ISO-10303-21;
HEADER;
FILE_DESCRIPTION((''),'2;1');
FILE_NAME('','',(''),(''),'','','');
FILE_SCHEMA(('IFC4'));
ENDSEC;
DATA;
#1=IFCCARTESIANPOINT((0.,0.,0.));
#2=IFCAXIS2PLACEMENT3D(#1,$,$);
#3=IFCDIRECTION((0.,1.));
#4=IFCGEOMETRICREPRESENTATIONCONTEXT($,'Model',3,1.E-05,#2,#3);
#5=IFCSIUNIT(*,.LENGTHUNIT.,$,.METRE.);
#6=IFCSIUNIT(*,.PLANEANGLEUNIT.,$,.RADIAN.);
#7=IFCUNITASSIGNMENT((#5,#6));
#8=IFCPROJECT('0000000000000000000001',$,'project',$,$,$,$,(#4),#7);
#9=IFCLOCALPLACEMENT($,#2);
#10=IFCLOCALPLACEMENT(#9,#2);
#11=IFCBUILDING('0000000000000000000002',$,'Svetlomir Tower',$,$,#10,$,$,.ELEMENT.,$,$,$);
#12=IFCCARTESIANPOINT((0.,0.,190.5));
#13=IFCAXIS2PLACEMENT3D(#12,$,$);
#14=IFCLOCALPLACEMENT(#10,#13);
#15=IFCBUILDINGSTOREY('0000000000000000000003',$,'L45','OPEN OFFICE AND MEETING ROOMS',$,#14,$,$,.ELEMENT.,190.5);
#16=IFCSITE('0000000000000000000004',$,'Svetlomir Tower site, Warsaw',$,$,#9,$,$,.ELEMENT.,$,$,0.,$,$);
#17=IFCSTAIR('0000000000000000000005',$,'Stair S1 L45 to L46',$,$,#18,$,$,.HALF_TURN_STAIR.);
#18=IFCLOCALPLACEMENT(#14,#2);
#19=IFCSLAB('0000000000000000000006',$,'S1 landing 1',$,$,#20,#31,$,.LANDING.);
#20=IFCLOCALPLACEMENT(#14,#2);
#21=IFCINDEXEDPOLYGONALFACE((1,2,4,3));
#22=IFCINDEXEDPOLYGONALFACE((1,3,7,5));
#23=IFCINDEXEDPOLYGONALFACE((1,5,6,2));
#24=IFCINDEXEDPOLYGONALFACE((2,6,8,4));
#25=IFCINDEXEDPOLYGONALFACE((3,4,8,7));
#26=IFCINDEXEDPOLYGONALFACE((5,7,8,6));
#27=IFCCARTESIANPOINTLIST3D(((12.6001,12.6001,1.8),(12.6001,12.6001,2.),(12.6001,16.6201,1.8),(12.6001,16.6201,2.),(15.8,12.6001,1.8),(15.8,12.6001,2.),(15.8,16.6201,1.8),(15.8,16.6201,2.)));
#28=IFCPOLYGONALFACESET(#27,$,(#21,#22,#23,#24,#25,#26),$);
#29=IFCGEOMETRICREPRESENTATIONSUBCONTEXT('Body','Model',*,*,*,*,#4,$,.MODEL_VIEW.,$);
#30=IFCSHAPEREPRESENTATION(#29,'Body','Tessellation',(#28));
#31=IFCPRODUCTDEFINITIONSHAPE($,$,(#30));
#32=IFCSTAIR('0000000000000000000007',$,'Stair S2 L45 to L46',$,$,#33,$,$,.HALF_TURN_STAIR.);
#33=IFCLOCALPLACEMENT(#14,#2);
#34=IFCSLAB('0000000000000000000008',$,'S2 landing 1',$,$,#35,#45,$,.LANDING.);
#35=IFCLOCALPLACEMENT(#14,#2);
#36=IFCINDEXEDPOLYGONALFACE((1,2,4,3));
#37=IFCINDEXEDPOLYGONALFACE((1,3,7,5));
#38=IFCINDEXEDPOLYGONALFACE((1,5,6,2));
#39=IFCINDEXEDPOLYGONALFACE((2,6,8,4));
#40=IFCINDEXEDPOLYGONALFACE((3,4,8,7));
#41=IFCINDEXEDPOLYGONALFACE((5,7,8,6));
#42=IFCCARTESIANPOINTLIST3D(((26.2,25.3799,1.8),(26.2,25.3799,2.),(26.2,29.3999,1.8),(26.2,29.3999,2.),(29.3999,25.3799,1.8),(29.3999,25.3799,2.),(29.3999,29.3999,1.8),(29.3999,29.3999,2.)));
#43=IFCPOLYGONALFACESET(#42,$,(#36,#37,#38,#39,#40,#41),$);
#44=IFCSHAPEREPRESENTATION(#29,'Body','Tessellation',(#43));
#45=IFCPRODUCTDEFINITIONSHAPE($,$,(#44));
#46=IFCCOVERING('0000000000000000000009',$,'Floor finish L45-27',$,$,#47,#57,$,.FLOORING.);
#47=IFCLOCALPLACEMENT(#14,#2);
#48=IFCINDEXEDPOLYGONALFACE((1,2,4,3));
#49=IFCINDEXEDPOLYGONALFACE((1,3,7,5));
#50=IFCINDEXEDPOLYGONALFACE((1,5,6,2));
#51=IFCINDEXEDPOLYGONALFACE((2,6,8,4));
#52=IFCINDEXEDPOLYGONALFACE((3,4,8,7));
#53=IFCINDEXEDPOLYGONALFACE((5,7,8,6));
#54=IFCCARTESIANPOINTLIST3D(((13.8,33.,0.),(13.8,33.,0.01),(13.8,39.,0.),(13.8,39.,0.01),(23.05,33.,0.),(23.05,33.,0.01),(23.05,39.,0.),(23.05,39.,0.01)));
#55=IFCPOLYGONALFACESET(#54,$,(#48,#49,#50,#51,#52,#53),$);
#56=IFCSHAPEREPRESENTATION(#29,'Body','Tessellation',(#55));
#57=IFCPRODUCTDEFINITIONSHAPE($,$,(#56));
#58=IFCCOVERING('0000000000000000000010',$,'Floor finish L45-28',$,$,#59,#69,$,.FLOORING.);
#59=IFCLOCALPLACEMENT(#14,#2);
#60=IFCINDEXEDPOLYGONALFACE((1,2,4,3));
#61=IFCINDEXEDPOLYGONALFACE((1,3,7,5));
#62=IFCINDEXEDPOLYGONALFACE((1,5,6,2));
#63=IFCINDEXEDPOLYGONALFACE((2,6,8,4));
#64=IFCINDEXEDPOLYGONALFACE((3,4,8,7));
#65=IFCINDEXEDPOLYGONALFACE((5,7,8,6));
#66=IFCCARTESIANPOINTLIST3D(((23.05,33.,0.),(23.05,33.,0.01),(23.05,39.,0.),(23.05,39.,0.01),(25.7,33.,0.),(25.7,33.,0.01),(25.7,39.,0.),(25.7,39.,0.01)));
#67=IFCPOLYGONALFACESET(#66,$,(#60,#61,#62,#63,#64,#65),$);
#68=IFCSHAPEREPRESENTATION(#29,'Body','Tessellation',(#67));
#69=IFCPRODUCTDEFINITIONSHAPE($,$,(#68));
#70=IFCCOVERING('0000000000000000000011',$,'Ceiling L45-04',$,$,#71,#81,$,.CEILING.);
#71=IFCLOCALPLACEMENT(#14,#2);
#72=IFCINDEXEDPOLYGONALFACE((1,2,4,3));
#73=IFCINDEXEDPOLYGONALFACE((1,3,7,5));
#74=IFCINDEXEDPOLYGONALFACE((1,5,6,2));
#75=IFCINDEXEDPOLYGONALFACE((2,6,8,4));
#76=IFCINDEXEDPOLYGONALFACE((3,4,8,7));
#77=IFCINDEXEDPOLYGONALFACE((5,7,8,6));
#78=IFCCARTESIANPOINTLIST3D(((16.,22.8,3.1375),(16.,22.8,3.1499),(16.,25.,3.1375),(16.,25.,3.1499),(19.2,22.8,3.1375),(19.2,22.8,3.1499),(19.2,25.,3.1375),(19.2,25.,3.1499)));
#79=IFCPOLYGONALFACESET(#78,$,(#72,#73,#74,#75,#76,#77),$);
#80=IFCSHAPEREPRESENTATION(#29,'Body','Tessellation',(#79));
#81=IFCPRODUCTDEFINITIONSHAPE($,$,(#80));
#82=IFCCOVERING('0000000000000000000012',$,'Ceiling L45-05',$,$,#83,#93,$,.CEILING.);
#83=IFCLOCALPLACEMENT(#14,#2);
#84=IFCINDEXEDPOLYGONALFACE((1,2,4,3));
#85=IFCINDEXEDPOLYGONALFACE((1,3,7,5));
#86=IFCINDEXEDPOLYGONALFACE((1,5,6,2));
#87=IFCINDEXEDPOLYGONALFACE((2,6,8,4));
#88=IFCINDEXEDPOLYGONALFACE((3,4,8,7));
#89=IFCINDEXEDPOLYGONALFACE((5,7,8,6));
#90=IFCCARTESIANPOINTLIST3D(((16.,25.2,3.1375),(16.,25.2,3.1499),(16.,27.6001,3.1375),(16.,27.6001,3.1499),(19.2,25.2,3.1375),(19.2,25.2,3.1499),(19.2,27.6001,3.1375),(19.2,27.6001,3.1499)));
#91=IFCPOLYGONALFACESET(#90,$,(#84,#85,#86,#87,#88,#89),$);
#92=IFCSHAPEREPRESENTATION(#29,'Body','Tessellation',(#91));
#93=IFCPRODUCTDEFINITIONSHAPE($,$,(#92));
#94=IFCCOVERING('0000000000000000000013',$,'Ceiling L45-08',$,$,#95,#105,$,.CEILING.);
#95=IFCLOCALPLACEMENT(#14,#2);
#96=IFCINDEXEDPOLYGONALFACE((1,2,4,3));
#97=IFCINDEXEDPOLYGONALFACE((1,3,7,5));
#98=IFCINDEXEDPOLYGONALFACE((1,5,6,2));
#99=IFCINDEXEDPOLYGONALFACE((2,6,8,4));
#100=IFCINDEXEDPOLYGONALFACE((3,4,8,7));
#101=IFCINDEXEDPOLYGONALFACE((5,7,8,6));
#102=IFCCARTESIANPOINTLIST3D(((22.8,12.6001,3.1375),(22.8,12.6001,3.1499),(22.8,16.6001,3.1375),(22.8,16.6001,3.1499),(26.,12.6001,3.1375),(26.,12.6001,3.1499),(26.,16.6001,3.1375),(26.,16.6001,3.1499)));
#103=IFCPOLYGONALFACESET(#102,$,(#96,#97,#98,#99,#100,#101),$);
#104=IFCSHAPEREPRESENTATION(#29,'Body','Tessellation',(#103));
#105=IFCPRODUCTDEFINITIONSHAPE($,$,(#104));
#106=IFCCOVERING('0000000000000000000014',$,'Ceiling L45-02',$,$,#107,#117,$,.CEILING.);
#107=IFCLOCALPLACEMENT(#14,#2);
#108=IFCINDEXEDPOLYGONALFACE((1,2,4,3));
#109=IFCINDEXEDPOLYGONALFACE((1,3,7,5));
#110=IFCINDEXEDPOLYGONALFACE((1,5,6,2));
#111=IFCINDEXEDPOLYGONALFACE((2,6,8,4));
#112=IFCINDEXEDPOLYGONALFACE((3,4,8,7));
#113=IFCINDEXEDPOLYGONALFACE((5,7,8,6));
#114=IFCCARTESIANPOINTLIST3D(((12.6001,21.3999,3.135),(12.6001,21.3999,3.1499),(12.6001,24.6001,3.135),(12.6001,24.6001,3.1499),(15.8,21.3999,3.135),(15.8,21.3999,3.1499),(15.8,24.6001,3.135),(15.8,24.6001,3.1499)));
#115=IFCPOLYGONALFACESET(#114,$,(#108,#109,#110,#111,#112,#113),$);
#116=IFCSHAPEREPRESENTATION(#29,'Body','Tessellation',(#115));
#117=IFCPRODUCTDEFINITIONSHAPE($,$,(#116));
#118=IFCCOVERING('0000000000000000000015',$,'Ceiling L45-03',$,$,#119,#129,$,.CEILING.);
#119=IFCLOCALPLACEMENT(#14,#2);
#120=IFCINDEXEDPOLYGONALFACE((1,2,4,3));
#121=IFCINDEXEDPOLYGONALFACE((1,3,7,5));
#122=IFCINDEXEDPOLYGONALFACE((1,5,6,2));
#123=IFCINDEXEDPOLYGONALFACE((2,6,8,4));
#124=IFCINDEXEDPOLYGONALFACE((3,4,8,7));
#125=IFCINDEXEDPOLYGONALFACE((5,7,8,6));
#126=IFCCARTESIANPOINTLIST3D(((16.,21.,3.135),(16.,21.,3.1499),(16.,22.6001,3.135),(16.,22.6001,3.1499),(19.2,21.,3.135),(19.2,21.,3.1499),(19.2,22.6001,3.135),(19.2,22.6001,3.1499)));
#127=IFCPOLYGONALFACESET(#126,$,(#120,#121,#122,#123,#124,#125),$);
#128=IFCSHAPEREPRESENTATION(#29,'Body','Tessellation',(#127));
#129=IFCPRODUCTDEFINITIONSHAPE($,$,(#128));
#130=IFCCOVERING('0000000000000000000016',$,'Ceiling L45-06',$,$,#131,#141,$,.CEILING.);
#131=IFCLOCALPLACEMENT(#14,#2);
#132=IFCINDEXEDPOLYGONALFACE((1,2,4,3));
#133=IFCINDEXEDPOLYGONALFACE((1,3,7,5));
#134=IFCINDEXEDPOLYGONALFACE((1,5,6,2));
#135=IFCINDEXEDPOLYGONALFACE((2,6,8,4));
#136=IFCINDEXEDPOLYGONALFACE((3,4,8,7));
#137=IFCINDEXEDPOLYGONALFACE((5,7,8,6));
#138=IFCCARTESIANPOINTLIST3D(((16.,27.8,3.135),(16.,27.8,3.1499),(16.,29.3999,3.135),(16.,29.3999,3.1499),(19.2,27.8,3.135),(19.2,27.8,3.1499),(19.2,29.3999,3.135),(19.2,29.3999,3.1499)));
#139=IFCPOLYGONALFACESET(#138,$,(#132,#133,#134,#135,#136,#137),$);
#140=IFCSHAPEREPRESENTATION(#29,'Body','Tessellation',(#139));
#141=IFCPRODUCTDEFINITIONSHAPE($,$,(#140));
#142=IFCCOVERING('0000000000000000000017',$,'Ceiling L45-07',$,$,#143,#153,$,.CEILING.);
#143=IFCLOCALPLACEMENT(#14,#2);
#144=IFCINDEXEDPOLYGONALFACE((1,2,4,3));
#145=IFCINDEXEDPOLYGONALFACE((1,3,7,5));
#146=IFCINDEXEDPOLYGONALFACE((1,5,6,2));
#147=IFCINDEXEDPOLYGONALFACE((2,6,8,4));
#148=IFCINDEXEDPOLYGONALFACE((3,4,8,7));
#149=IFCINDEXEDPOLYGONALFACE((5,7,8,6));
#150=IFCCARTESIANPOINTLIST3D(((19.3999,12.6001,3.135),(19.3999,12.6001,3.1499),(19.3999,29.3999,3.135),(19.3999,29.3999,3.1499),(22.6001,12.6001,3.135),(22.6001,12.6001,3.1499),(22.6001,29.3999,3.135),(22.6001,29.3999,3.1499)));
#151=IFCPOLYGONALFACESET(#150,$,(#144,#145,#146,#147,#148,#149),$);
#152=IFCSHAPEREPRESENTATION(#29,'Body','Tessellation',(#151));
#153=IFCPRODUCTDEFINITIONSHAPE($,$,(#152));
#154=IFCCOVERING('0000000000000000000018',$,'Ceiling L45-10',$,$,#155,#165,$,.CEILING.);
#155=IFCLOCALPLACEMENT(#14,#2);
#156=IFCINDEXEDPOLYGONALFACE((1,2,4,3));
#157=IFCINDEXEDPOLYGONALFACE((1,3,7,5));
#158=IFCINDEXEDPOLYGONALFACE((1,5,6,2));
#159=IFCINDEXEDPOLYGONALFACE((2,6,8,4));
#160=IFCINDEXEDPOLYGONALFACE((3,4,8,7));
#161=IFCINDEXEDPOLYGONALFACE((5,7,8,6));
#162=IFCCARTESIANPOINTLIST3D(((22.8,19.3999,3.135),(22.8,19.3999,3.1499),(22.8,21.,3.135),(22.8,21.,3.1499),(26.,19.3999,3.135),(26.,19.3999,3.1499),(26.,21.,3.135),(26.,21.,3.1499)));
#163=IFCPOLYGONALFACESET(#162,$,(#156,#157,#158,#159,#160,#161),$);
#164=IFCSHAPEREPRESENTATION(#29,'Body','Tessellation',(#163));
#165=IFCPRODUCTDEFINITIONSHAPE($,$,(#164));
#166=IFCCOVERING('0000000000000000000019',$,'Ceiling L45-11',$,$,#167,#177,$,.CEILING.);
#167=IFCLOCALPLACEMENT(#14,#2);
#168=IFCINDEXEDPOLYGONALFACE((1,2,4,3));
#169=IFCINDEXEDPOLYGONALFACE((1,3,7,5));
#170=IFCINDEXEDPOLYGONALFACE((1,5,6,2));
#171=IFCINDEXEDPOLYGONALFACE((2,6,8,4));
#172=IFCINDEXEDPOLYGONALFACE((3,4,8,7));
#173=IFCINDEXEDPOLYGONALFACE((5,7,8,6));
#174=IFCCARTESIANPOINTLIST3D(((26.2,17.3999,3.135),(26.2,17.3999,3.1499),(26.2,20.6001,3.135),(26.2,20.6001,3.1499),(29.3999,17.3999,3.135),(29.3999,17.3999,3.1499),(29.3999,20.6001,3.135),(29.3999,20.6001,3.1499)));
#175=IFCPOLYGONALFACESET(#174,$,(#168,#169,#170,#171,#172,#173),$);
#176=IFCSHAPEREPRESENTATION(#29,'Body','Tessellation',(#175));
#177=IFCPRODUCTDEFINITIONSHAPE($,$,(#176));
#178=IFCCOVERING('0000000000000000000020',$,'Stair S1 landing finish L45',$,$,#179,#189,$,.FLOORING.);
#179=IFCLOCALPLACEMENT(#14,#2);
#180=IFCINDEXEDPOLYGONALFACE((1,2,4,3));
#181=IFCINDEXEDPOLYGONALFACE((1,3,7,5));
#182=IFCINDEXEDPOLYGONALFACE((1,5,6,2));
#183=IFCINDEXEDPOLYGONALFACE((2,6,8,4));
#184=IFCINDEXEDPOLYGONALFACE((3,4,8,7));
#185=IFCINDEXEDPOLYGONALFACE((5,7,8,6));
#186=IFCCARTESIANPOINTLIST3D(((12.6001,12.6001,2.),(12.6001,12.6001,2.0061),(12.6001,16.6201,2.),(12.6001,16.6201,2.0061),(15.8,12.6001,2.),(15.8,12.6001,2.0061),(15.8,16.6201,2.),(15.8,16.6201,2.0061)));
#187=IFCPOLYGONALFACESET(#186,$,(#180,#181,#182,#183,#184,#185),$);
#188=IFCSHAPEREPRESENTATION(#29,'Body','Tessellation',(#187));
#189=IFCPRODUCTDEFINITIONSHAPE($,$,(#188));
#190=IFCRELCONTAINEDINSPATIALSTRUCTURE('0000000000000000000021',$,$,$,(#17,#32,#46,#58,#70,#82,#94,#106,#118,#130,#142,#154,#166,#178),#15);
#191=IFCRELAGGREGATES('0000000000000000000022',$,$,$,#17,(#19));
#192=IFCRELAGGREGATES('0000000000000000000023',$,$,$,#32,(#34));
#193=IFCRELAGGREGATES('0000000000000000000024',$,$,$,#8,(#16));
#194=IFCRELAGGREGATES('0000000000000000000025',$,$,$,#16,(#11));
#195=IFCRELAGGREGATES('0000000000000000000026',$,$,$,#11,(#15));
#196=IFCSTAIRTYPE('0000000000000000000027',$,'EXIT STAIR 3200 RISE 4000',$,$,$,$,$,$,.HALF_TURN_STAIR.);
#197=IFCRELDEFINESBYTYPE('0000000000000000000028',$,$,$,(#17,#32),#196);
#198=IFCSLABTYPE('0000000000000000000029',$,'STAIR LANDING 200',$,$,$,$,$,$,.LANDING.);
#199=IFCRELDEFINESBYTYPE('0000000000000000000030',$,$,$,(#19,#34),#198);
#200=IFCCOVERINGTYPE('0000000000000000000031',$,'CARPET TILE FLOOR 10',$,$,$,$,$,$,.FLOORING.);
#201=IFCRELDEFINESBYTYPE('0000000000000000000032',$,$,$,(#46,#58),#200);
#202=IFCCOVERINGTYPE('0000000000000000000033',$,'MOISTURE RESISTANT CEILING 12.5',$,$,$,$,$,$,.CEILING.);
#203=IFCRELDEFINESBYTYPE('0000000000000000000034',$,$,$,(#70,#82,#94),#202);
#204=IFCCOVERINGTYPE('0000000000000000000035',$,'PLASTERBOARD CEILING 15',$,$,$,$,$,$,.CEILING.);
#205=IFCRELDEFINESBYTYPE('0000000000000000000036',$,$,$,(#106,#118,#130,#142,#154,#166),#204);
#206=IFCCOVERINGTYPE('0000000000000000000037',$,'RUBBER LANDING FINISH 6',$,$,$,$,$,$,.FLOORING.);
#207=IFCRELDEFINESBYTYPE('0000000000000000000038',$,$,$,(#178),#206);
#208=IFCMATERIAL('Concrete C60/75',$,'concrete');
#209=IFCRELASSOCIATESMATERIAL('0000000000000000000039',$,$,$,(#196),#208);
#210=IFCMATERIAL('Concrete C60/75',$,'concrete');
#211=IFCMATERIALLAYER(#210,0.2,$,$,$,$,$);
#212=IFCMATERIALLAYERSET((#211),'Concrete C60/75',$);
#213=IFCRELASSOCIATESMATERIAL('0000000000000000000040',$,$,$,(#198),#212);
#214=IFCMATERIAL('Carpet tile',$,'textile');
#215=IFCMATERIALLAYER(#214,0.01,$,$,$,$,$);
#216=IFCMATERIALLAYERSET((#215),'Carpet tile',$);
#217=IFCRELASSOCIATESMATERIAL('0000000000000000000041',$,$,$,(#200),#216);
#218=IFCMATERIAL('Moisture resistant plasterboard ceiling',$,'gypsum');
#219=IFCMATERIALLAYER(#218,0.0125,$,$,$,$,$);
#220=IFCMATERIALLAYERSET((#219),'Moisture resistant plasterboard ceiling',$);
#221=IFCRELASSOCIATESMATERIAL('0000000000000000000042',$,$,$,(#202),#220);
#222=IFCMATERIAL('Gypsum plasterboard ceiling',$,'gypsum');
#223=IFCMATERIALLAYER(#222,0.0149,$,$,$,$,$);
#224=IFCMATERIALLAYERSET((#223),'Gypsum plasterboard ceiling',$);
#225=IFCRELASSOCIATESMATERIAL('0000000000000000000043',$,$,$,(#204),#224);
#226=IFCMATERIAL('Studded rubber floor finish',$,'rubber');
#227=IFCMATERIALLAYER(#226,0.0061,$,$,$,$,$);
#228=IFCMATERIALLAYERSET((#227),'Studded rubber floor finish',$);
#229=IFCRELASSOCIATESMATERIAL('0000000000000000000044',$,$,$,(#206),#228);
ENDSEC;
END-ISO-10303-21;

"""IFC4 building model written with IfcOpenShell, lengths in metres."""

from ifc_helpers import new_model, si_unit, direction, frame, origin, place, context, subcontext, project, spatial, polyline, outline, extrude, material, layer, layer_set, type_object, element, aggregate, save


model = new_model("IFC4")

# Units and contexts
model_context = context("Model", 3, precision=1e-05, world=origin(), true_north=direction((0.0, 1.0)))
body_context = subcontext(model_context, "Body", "Model", "MODEL_VIEW")
ifc_project = project(units=[si_unit("LENGTHUNIT", "METRE"), si_unit("PLANEANGLEUNIT", "RADIAN")], contexts=[model_context])

# Site, building, storey
site_placement = place(None, origin())
site = spatial("IfcSite", under=ifc_project, at=site_placement, Name="Svetlomir Tower site, Warsaw", CompositionType="ELEMENT", RefElevation=0.0)
building_placement = place(site_placement, origin())
building = spatial("IfcBuilding", under=site, at=building_placement, Name="Svetlomir Tower", CompositionType="ELEMENT")
storey_placement = place(building_placement, frame((0.0, 0.0, 190.5)))
storey = spatial("IfcBuildingStorey", under=building, at=storey_placement, Name="L45", Description="OPEN OFFICE AND MEETING ROOMS", CompositionType="ELEMENT", Elevation=190.5)

# Stairs, slabs
ifc_material_1 = material(Name="Concrete C60/75", Category="concrete")
stair_type = type_object("IfcStairType", Name="EXIT STAIR 3200 RISE 4000", PredefinedType="HALF_TURN_STAIR", material=ifc_material_1)
stair_1_placement = place(storey_placement, origin())
stair_1 = element("IfcStair", 1, at=stair_1_placement, inside=storey, type_object=stair_type, Name="Stair S1 L45 to L46", PredefinedType="HALF_TURN_STAIR")
ifc_material_2 = material(Name="Concrete C60/75", Category="concrete")
ifc_layer_1 = layer(ifc_material_2, 0.2)
ifc_layer_set_1 = layer_set([ifc_layer_1], Name="Concrete C60/75")
slab_type = type_object("IfcSlabType", Name="STAIR LANDING 200", PredefinedType="LANDING", material=ifc_layer_set_1)
slab_1_placement = place(storey_placement, frame((0.0, 0.0, 1.8)))
slab_1 = element("IfcSlab", 2, at=slab_1_placement, type_object=slab_type, Name="S1 landing 1", PredefinedType="LANDING", context=body_context, shape_type="SweptSolid", body=[
    extrude(outline(polyline([(12.6001, 12.6001), (15.8, 12.6001), (15.8, 16.6201), (12.6001, 16.6201), (12.6001, 12.6001)])), origin(), (0.0, 0.0, 1.0), 0.2),
])
aggregate(stair_1, [slab_1])
stair_2_placement = place(storey_placement, origin())
stair_2 = element("IfcStair", 3, at=stair_2_placement, inside=storey, type_object=stair_type, Name="Stair S2 L45 to L46", PredefinedType="HALF_TURN_STAIR")
slab_2_placement = place(storey_placement, frame((0.0, 0.0, 1.8)))
slab_2 = element("IfcSlab", 4, at=slab_2_placement, type_object=slab_type, Name="S2 landing 1", PredefinedType="LANDING", context=body_context, shape_type="SweptSolid", body=[
    extrude(outline(polyline([(26.2, 25.3799), (29.3999, 25.3799), (29.3999, 29.3999), (26.2, 29.3999), (26.2, 25.3799)])), origin(), (0.0, 0.0, 1.0), 0.2),
])
aggregate(stair_2, [slab_2])

# Coverings
ifc_material_3 = material(Name="Carpet tile", Category="textile")
ifc_layer_2 = layer(ifc_material_3, 0.01)
ifc_layer_set_2 = layer_set([ifc_layer_2], Name="Carpet tile")
covering_type_1 = type_object("IfcCoveringType", Name="CARPET TILE FLOOR 10", PredefinedType="FLOORING", material=ifc_layer_set_2)
covering_1_placement = place(storey_placement, origin())
element("IfcCovering", 5, at=covering_1_placement, inside=storey, type_object=covering_type_1, Name="Floor finish L45-27", PredefinedType="FLOORING", context=body_context, shape_type="SweptSolid", body=[
    extrude(outline(polyline([(13.8, 33.0), (23.05, 33.0), (23.05, 39.0), (13.8, 39.0), (13.8, 33.0)])), origin(), (0.0, 0.0, 1.0), 0.01),
])
covering_2_placement = place(storey_placement, origin())
element("IfcCovering", 6, at=covering_2_placement, inside=storey, type_object=covering_type_1, Name="Floor finish L45-28", PredefinedType="FLOORING", context=body_context, shape_type="SweptSolid", body=[
    extrude(outline(polyline([(23.05, 33.0), (25.7, 33.0), (25.7, 39.0), (23.05, 39.0), (23.05, 33.0)])), origin(), (0.0, 0.0, 1.0), 0.01),
])
ifc_material_4 = material(Name="Moisture resistant plasterboard ceiling", Category="gypsum")
ifc_layer_3 = layer(ifc_material_4, 0.0125)
ifc_layer_set_3 = layer_set([ifc_layer_3], Name="Moisture resistant plasterboard ceiling")
covering_type_2 = type_object("IfcCoveringType", Name="MOISTURE RESISTANT CEILING 12.5", PredefinedType="CEILING", material=ifc_layer_set_3)
covering_3_placement = place(storey_placement, frame((0.0, 0.0, 3.1375)))
element("IfcCovering", 7, at=covering_3_placement, inside=storey, type_object=covering_type_2, Name="Ceiling L45-04", PredefinedType="CEILING", context=body_context, shape_type="SweptSolid", body=[
    extrude(outline(polyline([(16.0, 22.8), (19.2, 22.8), (19.2, 25.0), (16.0, 25.0), (16.0, 22.8)])), origin(), (0.0, 0.0, 1.0), 0.0125),
])
covering_4_placement = place(storey_placement, frame((0.0, 0.0, 3.1375)))
element("IfcCovering", 8, at=covering_4_placement, inside=storey, type_object=covering_type_2, Name="Ceiling L45-05", PredefinedType="CEILING", context=body_context, shape_type="SweptSolid", body=[
    extrude(outline(polyline([(16.0, 25.2), (19.2, 25.2), (19.2, 27.6001), (16.0, 27.6001), (16.0, 25.2)])), origin(), (0.0, 0.0, 1.0), 0.0125),
])
covering_5_placement = place(storey_placement, frame((0.0, 0.0, 3.1375)))
element("IfcCovering", 9, at=covering_5_placement, inside=storey, type_object=covering_type_2, Name="Ceiling L45-08", PredefinedType="CEILING", context=body_context, shape_type="SweptSolid", body=[
    extrude(outline(polyline([(22.8, 12.6001), (26.0, 12.6001), (26.0, 16.6001), (22.8, 16.6001), (22.8, 12.6001)])), origin(), (0.0, 0.0, 1.0), 0.0125),
])
ifc_material_5 = material(Name="Gypsum plasterboard ceiling", Category="gypsum")
ifc_layer_4 = layer(ifc_material_5, 0.0149)
ifc_layer_set_4 = layer_set([ifc_layer_4], Name="Gypsum plasterboard ceiling")
covering_type_3 = type_object("IfcCoveringType", Name="PLASTERBOARD CEILING 15", PredefinedType="CEILING", material=ifc_layer_set_4)
covering_6_placement = place(storey_placement, frame((0.0, 0.0, 3.135)))
element("IfcCovering", 10, at=covering_6_placement, inside=storey, type_object=covering_type_3, Name="Ceiling L45-02", PredefinedType="CEILING", context=body_context, shape_type="SweptSolid", body=[
    extrude(outline(polyline([(12.6001, 21.3999), (15.8, 21.3999), (15.8, 24.6001), (12.6001, 24.6001), (12.6001, 21.3999)])), origin(), (0.0, 0.0, 1.0), 0.0149),
])
covering_7_placement = place(storey_placement, frame((0.0, 0.0, 3.135)))
element("IfcCovering", 11, at=covering_7_placement, inside=storey, type_object=covering_type_3, Name="Ceiling L45-03", PredefinedType="CEILING", context=body_context, shape_type="SweptSolid", body=[
    extrude(outline(polyline([(16.0, 21.0), (19.2, 21.0), (19.2, 22.6001), (16.0, 22.6001), (16.0, 21.0)])), origin(), (0.0, 0.0, 1.0), 0.0149),
])
covering_8_placement = place(storey_placement, frame((0.0, 0.0, 3.135)))
element("IfcCovering", 12, at=covering_8_placement, inside=storey, type_object=covering_type_3, Name="Ceiling L45-06", PredefinedType="CEILING", context=body_context, shape_type="SweptSolid", body=[
    extrude(outline(polyline([(16.0, 27.8), (19.2, 27.8), (19.2, 29.3999), (16.0, 29.3999), (16.0, 27.8)])), origin(), (0.0, 0.0, 1.0), 0.0149),
])
covering_9_placement = place(storey_placement, frame((0.0, 0.0, 3.135)))
element("IfcCovering", 13, at=covering_9_placement, inside=storey, type_object=covering_type_3, Name="Ceiling L45-07", PredefinedType="CEILING", context=body_context, shape_type="SweptSolid", body=[
    extrude(outline(polyline([(19.3999, 12.6001), (22.6001, 12.6001), (22.6001, 29.3999), (19.3999, 29.3999), (19.3999, 12.6001)])), origin(), (0.0, 0.0, 1.0), 0.0149),
])
covering_10_placement = place(storey_placement, frame((0.0, 0.0, 3.135)))
element("IfcCovering", 14, at=covering_10_placement, inside=storey, type_object=covering_type_3, Name="Ceiling L45-10", PredefinedType="CEILING", context=body_context, shape_type="SweptSolid", body=[
    extrude(outline(polyline([(22.8, 19.3999), (26.0, 19.3999), (26.0, 21.0), (22.8, 21.0), (22.8, 19.3999)])), origin(), (0.0, 0.0, 1.0), 0.0149),
])
covering_11_placement = place(storey_placement, frame((0.0, 0.0, 3.135)))
element("IfcCovering", 15, at=covering_11_placement, inside=storey, type_object=covering_type_3, Name="Ceiling L45-11", PredefinedType="CEILING", context=body_context, shape_type="SweptSolid", body=[
    extrude(outline(polyline([(26.2, 17.3999), (29.3999, 17.3999), (29.3999, 20.6001), (26.2, 20.6001), (26.2, 17.3999)])), origin(), (0.0, 0.0, 1.0), 0.0149),
])
ifc_material_6 = material(Name="Studded rubber floor finish", Category="rubber")
ifc_layer_5 = layer(ifc_material_6, 0.0061)
ifc_layer_set_5 = layer_set([ifc_layer_5], Name="Studded rubber floor finish")
covering_type_4 = type_object("IfcCoveringType", Name="RUBBER LANDING FINISH 6", PredefinedType="FLOORING", material=ifc_layer_set_5)
covering_12_placement = place(storey_placement, frame((0.0, 0.0, 2.0)))
element("IfcCovering", 16, at=covering_12_placement, inside=storey, type_object=covering_type_4, Name="Stair S1 landing finish L45", PredefinedType="FLOORING", context=body_context, shape_type="SweptSolid", body=[
    extrude(outline(polyline([(12.6001, 12.6001), (15.8, 12.6001), (15.8, 16.6201), (12.6001, 16.6201), (12.6001, 12.6001)])), origin(), (0.0, 0.0, 1.0), 0.0061),
])

save(model, "model.ifc")
